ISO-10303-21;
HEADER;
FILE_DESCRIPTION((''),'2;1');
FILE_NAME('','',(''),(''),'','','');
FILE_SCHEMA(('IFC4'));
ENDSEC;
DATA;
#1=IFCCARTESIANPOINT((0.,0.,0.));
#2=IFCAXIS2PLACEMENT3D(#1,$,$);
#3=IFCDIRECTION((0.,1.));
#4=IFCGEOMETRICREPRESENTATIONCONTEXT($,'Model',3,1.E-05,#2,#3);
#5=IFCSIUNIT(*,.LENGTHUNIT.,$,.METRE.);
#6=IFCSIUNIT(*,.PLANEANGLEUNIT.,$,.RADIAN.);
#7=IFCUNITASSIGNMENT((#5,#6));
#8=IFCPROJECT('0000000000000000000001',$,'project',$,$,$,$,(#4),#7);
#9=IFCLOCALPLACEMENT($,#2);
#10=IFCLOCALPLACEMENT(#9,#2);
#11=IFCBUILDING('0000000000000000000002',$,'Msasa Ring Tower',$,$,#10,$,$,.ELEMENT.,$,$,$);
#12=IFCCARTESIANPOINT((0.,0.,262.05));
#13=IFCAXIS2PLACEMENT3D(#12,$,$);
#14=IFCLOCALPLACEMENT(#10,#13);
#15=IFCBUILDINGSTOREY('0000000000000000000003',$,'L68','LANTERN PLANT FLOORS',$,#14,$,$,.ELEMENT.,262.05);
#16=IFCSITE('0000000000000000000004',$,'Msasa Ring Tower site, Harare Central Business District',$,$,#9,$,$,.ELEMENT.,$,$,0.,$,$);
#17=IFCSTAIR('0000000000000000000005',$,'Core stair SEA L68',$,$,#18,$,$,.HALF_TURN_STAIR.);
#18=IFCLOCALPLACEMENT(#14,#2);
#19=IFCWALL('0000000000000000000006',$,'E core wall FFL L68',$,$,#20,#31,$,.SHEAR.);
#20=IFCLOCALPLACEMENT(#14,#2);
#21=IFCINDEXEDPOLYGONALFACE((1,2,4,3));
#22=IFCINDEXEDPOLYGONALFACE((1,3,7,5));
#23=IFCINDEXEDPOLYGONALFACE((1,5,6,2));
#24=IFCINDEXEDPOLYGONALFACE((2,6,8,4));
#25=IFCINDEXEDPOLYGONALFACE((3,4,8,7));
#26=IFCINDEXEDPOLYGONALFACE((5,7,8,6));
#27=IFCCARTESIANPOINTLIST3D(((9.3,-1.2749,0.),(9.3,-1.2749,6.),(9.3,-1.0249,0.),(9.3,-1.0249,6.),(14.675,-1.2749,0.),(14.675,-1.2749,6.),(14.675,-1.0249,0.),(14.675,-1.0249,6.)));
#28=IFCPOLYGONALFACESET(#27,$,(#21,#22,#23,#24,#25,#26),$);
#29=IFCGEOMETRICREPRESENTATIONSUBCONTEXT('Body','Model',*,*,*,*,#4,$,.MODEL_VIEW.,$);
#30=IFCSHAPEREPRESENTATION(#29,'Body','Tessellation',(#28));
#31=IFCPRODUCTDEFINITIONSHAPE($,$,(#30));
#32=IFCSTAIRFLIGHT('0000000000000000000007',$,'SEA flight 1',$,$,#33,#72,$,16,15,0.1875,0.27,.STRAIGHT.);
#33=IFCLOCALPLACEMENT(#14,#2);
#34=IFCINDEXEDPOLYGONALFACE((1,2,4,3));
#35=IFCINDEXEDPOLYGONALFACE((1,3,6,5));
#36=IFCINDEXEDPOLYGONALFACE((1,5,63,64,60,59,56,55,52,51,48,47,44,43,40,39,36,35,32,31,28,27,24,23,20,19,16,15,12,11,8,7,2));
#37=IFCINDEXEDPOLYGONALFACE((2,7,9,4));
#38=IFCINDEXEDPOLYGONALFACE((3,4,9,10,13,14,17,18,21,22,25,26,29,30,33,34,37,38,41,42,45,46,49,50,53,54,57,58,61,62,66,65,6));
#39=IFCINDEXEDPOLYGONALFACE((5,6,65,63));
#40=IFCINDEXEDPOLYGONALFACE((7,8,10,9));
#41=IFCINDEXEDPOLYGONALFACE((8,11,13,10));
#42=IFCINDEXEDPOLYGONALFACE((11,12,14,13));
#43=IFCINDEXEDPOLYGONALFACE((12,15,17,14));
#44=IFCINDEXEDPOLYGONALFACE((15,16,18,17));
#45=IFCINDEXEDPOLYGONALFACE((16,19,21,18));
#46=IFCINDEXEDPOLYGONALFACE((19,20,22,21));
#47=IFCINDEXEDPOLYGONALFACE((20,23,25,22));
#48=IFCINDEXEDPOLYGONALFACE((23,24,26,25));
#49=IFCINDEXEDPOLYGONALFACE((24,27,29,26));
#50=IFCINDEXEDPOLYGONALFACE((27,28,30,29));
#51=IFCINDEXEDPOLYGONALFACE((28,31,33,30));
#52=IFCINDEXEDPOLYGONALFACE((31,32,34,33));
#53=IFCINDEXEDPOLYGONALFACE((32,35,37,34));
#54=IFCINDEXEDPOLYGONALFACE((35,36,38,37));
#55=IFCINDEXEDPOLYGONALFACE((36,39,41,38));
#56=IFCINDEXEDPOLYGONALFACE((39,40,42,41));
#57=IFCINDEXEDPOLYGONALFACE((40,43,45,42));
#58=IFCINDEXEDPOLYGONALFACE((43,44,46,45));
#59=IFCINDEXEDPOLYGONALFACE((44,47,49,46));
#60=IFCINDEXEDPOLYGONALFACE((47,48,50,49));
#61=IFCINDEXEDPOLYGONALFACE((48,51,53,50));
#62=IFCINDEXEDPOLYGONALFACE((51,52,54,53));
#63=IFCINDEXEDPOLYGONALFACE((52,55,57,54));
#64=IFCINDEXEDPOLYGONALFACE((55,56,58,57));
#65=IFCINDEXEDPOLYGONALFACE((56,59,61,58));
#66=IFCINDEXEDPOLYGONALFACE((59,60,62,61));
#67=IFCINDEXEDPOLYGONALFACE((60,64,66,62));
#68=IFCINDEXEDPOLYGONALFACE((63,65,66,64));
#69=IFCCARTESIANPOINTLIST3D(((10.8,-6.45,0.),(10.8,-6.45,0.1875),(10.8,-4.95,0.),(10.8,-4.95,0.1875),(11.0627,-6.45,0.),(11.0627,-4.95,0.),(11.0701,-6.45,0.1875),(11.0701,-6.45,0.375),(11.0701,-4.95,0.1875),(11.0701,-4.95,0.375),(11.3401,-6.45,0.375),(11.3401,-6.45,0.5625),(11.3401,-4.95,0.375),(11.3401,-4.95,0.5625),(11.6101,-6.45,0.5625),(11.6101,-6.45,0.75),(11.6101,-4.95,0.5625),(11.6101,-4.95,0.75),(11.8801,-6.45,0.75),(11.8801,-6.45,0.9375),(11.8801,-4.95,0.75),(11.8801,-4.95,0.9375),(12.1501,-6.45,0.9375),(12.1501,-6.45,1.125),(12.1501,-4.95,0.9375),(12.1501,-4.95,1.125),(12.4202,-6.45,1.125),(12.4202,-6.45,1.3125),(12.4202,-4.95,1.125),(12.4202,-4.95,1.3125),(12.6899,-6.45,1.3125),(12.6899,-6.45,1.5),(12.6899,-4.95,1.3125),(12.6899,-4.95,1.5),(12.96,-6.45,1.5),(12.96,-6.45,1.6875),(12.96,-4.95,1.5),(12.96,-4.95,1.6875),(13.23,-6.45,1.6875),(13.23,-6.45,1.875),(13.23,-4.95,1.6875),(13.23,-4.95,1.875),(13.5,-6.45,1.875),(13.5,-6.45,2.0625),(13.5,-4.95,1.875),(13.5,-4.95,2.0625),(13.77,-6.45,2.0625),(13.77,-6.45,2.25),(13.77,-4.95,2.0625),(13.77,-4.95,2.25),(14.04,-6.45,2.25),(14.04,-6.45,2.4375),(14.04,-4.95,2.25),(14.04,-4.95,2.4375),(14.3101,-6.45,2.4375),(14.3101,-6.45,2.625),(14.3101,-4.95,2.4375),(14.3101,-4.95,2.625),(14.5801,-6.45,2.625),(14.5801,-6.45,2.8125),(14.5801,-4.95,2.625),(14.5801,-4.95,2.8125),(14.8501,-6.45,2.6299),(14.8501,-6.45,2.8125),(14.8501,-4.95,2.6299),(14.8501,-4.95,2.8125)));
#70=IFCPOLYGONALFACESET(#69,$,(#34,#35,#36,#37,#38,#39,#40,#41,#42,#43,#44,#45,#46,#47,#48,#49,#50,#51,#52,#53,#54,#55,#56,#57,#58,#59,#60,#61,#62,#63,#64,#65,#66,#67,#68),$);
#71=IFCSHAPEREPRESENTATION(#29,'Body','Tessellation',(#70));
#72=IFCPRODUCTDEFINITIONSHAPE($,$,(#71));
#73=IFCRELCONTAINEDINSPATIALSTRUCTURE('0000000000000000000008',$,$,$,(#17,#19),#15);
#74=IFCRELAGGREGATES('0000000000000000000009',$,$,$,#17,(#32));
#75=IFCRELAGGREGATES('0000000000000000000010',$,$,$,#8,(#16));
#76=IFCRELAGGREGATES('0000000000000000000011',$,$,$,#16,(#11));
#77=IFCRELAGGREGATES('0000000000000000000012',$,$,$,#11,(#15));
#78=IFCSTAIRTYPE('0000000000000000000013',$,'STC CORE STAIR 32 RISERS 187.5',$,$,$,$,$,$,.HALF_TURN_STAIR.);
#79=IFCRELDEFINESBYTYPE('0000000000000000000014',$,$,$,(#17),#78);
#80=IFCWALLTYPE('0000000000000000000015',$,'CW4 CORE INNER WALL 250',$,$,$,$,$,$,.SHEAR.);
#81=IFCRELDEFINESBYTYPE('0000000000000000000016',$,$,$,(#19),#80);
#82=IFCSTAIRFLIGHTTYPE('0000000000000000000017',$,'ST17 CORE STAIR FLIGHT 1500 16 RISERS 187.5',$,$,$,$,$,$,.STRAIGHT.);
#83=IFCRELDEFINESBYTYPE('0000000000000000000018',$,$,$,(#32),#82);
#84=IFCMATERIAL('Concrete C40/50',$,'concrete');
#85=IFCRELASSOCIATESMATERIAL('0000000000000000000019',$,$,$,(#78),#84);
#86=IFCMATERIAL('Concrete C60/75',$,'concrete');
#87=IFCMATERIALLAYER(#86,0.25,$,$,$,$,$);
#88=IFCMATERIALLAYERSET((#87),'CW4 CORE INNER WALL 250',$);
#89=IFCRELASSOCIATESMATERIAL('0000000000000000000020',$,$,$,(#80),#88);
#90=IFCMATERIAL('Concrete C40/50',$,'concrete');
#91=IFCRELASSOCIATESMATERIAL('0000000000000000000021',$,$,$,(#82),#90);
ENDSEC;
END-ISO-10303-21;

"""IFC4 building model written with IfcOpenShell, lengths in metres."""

from ifc_helpers import new_model, si_unit, direction, frame, frame_2d, origin, place, context, subcontext, project, spatial, polyline, rectangle, outline, extrude, material, layer, layer_set, type_object, element, aggregate, save


model = new_model("IFC4")

# Units and contexts
model_context = context("Model", 3, precision=1e-05, world=origin(), true_north=direction((0.0, 1.0)))
body_context = subcontext(model_context, "Body", "Model", "MODEL_VIEW")
ifc_project = project(units=[si_unit("LENGTHUNIT", "METRE"), si_unit("PLANEANGLEUNIT", "RADIAN")], contexts=[model_context])

# Site, building, storey
site_placement = place(None, origin())
site = spatial("IfcSite", under=ifc_project, at=site_placement, Name="Msasa Ring Tower site, Harare Central Business District", CompositionType="ELEMENT", RefElevation=0.0)
building_placement = place(site_placement, origin())
building = spatial("IfcBuilding", under=site, at=building_placement, Name="Msasa Ring Tower", CompositionType="ELEMENT")
storey_placement = place(building_placement, frame((0.0, 0.0, 262.05)))
storey = spatial("IfcBuildingStorey", under=building, at=storey_placement, Name="L68", Description="LANTERN PLANT FLOORS", CompositionType="ELEMENT", Elevation=262.05)

# Stair
ifc_material_1 = material(Name="Concrete C40/50", Category="concrete")
stair_type = type_object("IfcStairType", Name="STC CORE STAIR 32 RISERS 187.5", PredefinedType="HALF_TURN_STAIR", material=ifc_material_1)
stair_1_placement = place(storey_placement, origin())
stair_1 = element("IfcStair", 1, at=stair_1_placement, inside=storey, type_object=stair_type, Name="Core stair SEA L68", PredefinedType="HALF_TURN_STAIR")

# Shared definitions
ifc_material_2 = material(Name="Concrete C60/75", Category="concrete")
ifc_layer_1 = layer(ifc_material_2, 0.25)
ifc_layer_set_1 = layer_set([ifc_layer_1], Name="CW4 CORE INNER WALL 250")
wall_type_1 = type_object("IfcWallType", Name="CW4 CORE INNER WALL 250", PredefinedType="SHEAR", material=ifc_layer_set_1)

# Wall
wall_1_placement = place(storey_placement, frame((9.3, -1.1499, 0.0), z_axis=(0.0, 0.0, 1.0), x_axis=(1.0, 0.0, 0.0)))
element("IfcWall", 2, at=wall_1_placement, inside=storey, type_object=wall_type_1, Name="E core wall FFL L68", PredefinedType="SHEAR", context=body_context, shape_type="SweptSolid", body=[
    extrude(rectangle(XDim=5.375, YDim=0.25, at=frame_2d((2.6875, 0.0))), origin(), (0.0, 0.0, 1.0), 6.0),
])

# Stair flight
ifc_material_3 = material(Name="Concrete C40/50", Category="concrete")
stair_flight_type = type_object("IfcStairFlightType", Name="ST17 CORE STAIR FLIGHT 1500 16 RISERS 187.5", PredefinedType="STRAIGHT", material=ifc_material_3)
stair_flight_placement = place(storey_placement, frame((10.8, -5.7, 0.0), z_axis=(0.0, 0.0, 1.0), x_axis=(1.0, 0.0, 0.0)))
stair_flight = element("IfcStairFlight", 3, at=stair_flight_placement, type_object=stair_flight_type, Name="SEA flight 1", NumberOfRisers=16, NumberOfTreads=15, PredefinedType="STRAIGHT", RiserHeight=0.1875, TreadLength=0.27, context=body_context, shape_type="SweptSolid", body=[
    extrude(outline(polyline([(0.0, 0.0), (0.0, 0.1875), (0.27, 0.1875), (0.27, 0.375), (0.54, 0.375), (0.54, 0.5625), (0.8101, 0.5625), (0.8101, 0.75), (1.0801, 0.75), (1.0801, 0.9375), (1.3501, 0.9375), (1.3501, 1.125), (1.6201, 1.125), (1.6201, 1.3125), (1.8899, 1.3125), (1.8899, 1.5), (2.1599, 1.5), (2.1599, 1.6875), (2.4299, 1.6875), (2.4299, 1.875), (2.7, 1.875), (2.7, 2.0625), (2.97, 2.0625), (2.97, 2.25), (3.24, 2.25), (3.24, 2.4375), (3.51, 2.4375), (3.51, 2.625), (3.78, 2.625), (3.78, 2.8125), (4.05, 2.8125), (4.05, 3.0), (4.05, 2.6299), (0.2627, 0.0), (0.0, 0.0)])), frame((0.0, 0.75, 0.0), z_axis=(0.0, -1.0, 0.0), x_axis=(1.0, 0.0, 0.0)), (0.0, 0.0, 1.0), 1.5),
])
aggregate(stair_1, [stair_flight])

save(model, "model.ifc")
